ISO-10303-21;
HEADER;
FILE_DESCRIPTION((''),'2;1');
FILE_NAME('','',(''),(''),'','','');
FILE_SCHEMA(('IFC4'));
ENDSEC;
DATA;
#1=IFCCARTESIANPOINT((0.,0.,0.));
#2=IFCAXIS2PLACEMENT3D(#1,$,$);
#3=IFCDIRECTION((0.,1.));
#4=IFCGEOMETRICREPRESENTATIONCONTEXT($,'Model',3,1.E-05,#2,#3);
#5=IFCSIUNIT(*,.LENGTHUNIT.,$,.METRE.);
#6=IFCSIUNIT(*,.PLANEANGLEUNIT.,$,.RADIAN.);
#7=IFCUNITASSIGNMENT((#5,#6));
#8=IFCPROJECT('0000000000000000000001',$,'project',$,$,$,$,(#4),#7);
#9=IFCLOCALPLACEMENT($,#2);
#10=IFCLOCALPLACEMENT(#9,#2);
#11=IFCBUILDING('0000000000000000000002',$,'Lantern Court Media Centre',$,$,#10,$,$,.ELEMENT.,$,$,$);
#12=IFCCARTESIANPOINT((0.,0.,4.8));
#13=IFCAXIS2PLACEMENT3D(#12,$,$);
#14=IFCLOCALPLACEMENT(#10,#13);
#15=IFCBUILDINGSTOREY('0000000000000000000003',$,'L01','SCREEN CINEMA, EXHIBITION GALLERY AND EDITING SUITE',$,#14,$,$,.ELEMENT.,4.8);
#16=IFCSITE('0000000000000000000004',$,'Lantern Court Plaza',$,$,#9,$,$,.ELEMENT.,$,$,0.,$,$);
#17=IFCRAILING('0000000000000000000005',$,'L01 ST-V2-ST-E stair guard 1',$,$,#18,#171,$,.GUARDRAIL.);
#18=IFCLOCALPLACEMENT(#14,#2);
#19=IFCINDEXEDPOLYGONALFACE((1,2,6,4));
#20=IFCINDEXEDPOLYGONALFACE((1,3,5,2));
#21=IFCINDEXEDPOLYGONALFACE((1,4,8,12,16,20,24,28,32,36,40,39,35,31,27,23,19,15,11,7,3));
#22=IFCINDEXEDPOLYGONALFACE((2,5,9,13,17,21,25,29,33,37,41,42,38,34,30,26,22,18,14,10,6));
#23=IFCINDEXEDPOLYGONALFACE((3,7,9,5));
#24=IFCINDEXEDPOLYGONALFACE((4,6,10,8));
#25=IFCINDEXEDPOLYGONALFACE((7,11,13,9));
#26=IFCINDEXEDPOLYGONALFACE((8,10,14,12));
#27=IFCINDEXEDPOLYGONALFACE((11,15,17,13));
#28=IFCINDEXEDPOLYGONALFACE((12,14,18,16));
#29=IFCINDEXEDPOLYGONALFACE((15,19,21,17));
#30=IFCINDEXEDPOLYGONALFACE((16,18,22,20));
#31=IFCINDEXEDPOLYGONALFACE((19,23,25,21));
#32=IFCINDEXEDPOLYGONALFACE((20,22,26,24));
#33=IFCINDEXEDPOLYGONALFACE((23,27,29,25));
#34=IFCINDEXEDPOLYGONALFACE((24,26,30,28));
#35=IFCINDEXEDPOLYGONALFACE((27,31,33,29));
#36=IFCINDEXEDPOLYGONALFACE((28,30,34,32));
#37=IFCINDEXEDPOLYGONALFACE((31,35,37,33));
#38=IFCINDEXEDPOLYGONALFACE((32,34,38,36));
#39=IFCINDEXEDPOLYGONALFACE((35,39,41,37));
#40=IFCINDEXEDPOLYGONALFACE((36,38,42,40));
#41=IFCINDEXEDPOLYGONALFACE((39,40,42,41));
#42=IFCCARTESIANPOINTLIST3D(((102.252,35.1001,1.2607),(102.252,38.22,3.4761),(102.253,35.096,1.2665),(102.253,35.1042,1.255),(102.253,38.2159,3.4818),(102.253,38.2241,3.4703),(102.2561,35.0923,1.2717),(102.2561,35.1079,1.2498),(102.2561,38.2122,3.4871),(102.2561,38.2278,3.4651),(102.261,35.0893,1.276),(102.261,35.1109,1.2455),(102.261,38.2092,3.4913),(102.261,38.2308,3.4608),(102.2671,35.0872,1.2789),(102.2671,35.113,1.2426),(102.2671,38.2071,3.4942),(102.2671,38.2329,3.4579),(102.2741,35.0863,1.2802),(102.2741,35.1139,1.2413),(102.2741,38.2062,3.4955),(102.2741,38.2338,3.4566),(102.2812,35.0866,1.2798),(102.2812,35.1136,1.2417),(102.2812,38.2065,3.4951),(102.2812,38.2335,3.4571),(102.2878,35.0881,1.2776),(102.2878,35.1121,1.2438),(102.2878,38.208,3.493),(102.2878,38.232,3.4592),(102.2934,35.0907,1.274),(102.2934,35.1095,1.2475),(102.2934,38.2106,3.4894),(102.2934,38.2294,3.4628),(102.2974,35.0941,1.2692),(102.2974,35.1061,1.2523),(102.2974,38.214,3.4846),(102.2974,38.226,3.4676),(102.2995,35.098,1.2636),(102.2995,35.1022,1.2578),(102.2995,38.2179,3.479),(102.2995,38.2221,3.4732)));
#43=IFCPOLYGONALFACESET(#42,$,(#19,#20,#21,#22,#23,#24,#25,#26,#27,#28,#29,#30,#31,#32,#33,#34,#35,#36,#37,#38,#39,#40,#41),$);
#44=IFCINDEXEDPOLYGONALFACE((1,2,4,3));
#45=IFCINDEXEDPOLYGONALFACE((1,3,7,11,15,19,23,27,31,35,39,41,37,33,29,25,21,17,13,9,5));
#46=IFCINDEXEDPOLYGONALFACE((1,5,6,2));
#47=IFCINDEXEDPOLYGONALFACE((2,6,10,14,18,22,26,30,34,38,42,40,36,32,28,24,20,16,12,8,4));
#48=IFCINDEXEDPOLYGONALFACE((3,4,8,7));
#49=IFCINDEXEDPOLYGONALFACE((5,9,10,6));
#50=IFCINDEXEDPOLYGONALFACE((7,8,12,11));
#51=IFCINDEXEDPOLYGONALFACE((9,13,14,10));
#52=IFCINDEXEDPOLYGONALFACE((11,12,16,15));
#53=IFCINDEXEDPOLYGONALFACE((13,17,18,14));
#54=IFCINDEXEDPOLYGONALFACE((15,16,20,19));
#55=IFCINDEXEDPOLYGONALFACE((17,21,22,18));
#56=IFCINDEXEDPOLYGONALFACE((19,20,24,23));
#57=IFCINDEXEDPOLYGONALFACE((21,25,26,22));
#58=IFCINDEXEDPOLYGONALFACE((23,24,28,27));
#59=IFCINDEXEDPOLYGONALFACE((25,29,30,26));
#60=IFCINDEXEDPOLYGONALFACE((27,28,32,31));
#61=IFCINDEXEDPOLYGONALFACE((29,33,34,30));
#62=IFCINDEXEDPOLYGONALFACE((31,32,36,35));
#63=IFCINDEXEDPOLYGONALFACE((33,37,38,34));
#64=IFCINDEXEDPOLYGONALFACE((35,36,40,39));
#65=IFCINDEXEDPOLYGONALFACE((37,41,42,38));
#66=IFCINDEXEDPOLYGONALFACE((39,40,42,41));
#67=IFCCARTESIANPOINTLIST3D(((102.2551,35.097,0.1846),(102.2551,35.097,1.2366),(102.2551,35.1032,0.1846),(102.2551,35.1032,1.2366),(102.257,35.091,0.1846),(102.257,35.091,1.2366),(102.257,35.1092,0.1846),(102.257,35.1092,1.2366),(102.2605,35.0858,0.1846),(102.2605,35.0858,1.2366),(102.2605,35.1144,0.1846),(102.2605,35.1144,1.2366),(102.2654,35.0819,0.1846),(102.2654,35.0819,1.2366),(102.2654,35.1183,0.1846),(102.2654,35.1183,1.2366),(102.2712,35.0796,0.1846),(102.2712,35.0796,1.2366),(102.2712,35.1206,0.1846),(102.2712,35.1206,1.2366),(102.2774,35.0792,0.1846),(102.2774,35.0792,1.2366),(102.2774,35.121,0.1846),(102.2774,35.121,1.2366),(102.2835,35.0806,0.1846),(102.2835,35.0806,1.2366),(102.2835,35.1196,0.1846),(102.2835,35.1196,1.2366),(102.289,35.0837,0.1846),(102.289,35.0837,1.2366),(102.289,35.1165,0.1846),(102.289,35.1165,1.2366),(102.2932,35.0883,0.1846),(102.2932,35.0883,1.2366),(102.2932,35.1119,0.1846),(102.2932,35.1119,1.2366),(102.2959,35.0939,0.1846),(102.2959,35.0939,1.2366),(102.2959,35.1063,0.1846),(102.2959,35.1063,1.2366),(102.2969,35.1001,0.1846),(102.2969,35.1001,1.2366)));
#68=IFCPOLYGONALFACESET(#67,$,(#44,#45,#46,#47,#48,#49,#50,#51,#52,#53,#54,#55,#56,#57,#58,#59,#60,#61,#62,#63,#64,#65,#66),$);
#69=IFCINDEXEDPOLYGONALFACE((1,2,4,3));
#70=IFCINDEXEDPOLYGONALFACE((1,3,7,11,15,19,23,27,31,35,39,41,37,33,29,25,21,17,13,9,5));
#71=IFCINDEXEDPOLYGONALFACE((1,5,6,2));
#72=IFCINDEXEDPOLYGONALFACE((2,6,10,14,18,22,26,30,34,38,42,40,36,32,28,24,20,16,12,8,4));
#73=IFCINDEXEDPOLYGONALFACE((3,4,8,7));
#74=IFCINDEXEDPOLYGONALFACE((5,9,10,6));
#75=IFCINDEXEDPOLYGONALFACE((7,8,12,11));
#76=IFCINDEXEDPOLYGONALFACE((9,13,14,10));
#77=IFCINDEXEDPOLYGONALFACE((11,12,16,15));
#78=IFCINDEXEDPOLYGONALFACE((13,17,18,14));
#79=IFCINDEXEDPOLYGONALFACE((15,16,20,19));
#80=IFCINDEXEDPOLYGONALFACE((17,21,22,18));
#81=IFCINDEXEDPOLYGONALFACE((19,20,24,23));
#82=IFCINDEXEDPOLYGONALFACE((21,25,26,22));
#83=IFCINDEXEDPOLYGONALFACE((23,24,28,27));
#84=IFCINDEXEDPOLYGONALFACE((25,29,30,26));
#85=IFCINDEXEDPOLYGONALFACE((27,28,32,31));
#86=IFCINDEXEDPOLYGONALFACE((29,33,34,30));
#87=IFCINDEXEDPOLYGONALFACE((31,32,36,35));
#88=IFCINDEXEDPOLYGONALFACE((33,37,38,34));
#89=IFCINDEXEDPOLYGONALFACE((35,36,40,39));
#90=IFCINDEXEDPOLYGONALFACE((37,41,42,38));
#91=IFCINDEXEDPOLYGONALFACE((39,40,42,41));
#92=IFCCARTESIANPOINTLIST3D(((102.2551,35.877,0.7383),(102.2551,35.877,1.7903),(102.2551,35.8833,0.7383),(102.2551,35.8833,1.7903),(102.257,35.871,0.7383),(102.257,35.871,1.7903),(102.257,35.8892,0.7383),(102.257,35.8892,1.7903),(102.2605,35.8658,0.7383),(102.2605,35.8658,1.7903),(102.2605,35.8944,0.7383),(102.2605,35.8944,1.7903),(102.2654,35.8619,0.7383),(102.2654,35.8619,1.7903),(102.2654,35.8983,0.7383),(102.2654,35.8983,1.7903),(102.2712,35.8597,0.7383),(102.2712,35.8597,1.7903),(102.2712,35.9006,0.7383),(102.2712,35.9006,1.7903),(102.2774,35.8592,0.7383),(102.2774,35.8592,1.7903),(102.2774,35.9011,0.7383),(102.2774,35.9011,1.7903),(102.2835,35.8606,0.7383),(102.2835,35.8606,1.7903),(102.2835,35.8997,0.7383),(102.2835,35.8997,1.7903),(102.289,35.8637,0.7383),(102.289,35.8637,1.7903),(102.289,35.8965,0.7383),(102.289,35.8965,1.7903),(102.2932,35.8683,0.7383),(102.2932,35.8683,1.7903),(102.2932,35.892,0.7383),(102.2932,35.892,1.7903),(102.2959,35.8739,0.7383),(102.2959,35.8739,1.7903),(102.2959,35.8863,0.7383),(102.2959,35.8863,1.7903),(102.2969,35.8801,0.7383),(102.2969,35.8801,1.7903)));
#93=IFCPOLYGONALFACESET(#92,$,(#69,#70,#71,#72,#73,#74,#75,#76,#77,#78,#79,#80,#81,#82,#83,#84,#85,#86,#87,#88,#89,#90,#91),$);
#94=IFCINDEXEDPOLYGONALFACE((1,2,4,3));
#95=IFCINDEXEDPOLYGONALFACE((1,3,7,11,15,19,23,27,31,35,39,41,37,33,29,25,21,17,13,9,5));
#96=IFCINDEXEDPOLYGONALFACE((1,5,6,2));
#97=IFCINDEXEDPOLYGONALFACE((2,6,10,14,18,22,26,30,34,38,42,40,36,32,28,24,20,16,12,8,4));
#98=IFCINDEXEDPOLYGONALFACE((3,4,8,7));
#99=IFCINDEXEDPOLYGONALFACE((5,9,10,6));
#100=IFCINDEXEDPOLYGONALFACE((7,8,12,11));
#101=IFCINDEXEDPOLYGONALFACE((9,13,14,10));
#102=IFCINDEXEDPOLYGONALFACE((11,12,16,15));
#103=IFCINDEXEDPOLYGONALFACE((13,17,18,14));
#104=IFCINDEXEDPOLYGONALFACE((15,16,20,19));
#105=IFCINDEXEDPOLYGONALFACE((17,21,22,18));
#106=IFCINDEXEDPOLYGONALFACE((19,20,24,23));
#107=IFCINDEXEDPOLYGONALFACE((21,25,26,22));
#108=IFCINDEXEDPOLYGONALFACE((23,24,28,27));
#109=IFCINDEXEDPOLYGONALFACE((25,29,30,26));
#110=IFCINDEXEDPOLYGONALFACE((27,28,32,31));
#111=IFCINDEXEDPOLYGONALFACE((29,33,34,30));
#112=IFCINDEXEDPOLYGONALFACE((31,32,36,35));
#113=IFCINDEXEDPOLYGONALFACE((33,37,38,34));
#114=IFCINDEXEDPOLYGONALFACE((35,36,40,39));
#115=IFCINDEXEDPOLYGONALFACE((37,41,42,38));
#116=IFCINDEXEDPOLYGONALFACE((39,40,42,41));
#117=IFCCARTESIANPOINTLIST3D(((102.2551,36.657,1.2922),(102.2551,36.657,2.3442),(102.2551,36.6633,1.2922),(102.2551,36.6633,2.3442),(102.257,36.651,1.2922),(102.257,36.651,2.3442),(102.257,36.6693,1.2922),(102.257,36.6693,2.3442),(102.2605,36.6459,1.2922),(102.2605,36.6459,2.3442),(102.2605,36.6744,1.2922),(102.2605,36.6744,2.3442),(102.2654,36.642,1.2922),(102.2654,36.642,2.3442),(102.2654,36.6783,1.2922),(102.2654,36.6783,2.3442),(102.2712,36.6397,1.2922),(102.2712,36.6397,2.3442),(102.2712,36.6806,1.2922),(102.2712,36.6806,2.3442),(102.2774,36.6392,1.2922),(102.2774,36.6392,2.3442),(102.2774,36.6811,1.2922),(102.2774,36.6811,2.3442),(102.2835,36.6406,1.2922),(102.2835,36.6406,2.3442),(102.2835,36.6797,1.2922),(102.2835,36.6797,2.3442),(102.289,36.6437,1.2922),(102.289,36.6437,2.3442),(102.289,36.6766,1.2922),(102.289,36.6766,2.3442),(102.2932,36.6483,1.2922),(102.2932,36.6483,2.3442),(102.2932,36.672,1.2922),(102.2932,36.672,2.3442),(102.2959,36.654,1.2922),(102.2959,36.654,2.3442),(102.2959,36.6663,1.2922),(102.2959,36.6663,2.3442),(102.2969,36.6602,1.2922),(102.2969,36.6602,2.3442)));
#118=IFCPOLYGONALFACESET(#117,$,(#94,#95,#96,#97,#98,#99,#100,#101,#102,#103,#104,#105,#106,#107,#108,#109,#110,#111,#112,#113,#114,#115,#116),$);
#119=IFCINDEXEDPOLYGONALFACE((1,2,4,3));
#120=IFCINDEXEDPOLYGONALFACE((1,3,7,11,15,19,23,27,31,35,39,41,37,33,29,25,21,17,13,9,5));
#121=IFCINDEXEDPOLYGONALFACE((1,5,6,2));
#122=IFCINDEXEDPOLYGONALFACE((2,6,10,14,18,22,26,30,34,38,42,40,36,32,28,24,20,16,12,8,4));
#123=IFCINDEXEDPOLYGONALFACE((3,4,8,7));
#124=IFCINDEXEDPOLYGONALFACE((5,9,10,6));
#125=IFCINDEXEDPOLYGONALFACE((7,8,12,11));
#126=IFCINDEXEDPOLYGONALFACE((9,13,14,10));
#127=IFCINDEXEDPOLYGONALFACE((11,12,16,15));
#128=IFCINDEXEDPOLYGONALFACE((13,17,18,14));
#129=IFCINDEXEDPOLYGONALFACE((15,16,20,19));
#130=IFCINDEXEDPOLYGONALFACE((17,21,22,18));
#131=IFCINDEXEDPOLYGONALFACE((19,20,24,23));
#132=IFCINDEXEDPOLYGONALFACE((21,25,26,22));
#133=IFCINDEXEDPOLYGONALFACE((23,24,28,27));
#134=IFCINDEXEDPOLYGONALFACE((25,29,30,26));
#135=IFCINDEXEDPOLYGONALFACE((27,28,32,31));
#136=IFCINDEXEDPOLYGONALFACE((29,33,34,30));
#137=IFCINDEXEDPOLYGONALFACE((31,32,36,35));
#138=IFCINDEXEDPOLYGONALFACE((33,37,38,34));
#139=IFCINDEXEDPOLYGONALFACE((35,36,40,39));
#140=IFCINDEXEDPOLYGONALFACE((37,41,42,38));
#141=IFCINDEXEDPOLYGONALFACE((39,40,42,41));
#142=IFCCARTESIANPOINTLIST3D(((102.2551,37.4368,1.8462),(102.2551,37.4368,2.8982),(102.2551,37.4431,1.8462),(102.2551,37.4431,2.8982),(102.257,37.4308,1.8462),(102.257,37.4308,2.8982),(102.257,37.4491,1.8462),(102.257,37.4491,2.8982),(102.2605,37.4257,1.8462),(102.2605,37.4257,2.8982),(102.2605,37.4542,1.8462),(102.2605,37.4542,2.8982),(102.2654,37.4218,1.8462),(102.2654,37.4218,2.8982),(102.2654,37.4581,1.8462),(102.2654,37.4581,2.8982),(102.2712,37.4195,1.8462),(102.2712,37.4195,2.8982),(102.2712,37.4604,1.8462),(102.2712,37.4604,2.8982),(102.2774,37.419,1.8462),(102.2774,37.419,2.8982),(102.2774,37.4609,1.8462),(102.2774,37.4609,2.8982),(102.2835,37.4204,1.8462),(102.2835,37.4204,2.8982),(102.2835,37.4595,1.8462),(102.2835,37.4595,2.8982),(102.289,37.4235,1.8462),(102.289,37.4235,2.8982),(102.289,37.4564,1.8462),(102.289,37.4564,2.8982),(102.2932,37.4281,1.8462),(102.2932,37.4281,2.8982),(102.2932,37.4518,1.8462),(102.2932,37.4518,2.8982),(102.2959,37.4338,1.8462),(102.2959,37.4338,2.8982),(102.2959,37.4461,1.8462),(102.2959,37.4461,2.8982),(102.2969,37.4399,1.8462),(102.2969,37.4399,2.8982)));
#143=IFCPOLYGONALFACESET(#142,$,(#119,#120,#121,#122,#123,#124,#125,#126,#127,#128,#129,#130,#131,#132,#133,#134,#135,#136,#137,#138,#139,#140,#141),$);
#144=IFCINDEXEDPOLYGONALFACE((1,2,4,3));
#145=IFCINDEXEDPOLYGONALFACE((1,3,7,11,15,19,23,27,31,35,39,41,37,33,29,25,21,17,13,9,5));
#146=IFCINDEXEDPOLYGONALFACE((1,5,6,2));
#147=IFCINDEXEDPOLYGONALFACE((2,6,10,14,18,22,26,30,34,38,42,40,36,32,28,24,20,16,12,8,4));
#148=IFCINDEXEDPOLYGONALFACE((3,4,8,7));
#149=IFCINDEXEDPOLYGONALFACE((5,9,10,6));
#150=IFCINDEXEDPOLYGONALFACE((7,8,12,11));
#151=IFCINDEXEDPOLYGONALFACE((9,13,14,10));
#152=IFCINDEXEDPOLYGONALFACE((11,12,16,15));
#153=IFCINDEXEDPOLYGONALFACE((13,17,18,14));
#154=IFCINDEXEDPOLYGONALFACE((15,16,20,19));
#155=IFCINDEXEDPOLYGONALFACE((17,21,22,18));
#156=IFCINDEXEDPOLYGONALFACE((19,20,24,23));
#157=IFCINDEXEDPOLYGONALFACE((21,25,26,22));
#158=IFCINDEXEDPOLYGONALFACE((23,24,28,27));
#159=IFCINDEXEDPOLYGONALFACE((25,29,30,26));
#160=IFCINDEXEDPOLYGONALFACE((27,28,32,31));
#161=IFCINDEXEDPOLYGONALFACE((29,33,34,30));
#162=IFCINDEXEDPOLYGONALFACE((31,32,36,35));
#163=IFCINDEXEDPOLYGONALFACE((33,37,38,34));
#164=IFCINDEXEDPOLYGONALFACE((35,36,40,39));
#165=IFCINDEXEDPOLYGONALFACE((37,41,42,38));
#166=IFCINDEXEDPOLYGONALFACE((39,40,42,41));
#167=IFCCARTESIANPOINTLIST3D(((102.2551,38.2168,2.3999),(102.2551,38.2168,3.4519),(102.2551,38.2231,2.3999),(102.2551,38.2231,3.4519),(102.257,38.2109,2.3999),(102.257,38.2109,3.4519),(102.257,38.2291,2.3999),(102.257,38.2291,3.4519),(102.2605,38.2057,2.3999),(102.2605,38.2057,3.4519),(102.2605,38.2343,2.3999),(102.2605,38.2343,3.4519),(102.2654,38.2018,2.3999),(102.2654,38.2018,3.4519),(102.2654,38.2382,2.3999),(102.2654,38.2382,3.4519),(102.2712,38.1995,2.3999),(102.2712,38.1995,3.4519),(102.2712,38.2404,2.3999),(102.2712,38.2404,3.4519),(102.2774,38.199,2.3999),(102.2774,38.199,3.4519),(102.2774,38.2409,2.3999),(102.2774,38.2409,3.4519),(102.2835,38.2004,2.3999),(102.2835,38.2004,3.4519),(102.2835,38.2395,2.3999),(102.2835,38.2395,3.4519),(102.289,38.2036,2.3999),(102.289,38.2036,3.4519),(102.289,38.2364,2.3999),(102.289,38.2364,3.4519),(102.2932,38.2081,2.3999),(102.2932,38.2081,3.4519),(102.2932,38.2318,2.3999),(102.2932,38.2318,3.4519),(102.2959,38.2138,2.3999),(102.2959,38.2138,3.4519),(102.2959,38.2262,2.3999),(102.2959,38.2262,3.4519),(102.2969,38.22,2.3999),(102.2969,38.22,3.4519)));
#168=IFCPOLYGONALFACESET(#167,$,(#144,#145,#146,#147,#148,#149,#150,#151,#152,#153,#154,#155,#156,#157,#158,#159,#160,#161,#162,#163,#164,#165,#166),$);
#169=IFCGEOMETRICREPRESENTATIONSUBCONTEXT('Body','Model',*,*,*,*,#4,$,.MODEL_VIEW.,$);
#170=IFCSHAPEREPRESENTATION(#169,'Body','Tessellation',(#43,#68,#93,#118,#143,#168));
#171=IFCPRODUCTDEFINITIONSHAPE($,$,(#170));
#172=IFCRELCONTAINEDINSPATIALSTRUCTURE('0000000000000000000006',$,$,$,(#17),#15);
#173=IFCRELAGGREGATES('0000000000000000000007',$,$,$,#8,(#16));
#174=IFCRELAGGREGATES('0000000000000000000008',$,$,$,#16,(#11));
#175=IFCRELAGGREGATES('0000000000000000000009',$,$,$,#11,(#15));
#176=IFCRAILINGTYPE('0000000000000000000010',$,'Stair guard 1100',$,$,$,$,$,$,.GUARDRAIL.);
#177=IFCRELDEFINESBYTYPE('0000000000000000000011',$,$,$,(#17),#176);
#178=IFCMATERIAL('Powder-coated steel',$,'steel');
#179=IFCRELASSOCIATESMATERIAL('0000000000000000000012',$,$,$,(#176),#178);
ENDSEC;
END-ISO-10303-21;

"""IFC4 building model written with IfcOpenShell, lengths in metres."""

from ifc_helpers import new_model, si_unit, direction, frame, origin, origin_2d, place, context, subcontext, project, spatial, circle, extrude, material, type_object, element, save


model = new_model("IFC4")

# Units and contexts
model_context = context("Model", 3, precision=1e-05, world=origin(), true_north=direction((0.0, 1.0)))
body_context = subcontext(model_context, "Body", "Model", "MODEL_VIEW")
ifc_project = project(units=[si_unit("LENGTHUNIT", "METRE"), si_unit("PLANEANGLEUNIT", "RADIAN")], contexts=[model_context])

# Site, building, storey
site_placement = place(None, origin())
site = spatial("IfcSite", under=ifc_project, at=site_placement, Name="Lantern Court Plaza", CompositionType="ELEMENT", RefElevation=0.0)
building_placement = place(site_placement, origin())
building = spatial("IfcBuilding", under=site, at=building_placement, Name="Lantern Court Media Centre", CompositionType="ELEMENT")
storey_placement = place(building_placement, frame((0.0, 0.0, 4.8)))
storey = spatial("IfcBuildingStorey", under=building, at=storey_placement, Name="L01", Description="SCREEN CINEMA, EXHIBITION GALLERY AND EDITING SUITE", CompositionType="ELEMENT", Elevation=4.8)

# Railing
ifc_material_1 = material(Name="Powder-coated steel", Category="steel")
railing_type_1 = type_object("IfcRailingType", Name="Stair guard 1100", PredefinedType="GUARDRAIL", material=ifc_material_1)
railing_1_placement = place(storey_placement, frame((102.2759, 35.1001, 0.1846)))
element("IfcRailing", 1, at=railing_1_placement, inside=storey, type_object=railing_type_1, Name="L01 ST-V2-ST-E stair guard 1", PredefinedType="GUARDRAIL", context=body_context, shape_type="SweptSolid", body=[
    extrude(circle(Radius=0.0239, at=origin_2d()), frame((0.0, 0.0, 1.0762), z_axis=(0.0, 0.815356, 0.578961), x_axis=(-1.0, 0.0, 0.0)), (0.0, 0.0, 1.0), 3.8264),
    extrude(circle(Radius=0.021, at=origin_2d()), origin(), (0.0, 0.0, 1.0), 1.052),
    extrude(circle(Radius=0.021, at=origin_2d()), frame((0.0, 0.78, 0.5537)), (0.0, 0.0, 1.0), 1.052),
    extrude(circle(Radius=0.021, at=origin_2d()), frame((0.0, 1.5601, 1.1077)), (0.0, 0.0, 1.0), 1.052),
    extrude(circle(Radius=0.021, at=origin_2d()), frame((0.0, 2.3398, 1.6616)), (0.0, 0.0, 1.0), 1.052),
    extrude(circle(Radius=0.021, at=origin_2d()), frame((0.0, 3.1199, 2.2153)), (0.0, 0.0, 1.0), 1.052),
])

save(model, "model.ifc")
